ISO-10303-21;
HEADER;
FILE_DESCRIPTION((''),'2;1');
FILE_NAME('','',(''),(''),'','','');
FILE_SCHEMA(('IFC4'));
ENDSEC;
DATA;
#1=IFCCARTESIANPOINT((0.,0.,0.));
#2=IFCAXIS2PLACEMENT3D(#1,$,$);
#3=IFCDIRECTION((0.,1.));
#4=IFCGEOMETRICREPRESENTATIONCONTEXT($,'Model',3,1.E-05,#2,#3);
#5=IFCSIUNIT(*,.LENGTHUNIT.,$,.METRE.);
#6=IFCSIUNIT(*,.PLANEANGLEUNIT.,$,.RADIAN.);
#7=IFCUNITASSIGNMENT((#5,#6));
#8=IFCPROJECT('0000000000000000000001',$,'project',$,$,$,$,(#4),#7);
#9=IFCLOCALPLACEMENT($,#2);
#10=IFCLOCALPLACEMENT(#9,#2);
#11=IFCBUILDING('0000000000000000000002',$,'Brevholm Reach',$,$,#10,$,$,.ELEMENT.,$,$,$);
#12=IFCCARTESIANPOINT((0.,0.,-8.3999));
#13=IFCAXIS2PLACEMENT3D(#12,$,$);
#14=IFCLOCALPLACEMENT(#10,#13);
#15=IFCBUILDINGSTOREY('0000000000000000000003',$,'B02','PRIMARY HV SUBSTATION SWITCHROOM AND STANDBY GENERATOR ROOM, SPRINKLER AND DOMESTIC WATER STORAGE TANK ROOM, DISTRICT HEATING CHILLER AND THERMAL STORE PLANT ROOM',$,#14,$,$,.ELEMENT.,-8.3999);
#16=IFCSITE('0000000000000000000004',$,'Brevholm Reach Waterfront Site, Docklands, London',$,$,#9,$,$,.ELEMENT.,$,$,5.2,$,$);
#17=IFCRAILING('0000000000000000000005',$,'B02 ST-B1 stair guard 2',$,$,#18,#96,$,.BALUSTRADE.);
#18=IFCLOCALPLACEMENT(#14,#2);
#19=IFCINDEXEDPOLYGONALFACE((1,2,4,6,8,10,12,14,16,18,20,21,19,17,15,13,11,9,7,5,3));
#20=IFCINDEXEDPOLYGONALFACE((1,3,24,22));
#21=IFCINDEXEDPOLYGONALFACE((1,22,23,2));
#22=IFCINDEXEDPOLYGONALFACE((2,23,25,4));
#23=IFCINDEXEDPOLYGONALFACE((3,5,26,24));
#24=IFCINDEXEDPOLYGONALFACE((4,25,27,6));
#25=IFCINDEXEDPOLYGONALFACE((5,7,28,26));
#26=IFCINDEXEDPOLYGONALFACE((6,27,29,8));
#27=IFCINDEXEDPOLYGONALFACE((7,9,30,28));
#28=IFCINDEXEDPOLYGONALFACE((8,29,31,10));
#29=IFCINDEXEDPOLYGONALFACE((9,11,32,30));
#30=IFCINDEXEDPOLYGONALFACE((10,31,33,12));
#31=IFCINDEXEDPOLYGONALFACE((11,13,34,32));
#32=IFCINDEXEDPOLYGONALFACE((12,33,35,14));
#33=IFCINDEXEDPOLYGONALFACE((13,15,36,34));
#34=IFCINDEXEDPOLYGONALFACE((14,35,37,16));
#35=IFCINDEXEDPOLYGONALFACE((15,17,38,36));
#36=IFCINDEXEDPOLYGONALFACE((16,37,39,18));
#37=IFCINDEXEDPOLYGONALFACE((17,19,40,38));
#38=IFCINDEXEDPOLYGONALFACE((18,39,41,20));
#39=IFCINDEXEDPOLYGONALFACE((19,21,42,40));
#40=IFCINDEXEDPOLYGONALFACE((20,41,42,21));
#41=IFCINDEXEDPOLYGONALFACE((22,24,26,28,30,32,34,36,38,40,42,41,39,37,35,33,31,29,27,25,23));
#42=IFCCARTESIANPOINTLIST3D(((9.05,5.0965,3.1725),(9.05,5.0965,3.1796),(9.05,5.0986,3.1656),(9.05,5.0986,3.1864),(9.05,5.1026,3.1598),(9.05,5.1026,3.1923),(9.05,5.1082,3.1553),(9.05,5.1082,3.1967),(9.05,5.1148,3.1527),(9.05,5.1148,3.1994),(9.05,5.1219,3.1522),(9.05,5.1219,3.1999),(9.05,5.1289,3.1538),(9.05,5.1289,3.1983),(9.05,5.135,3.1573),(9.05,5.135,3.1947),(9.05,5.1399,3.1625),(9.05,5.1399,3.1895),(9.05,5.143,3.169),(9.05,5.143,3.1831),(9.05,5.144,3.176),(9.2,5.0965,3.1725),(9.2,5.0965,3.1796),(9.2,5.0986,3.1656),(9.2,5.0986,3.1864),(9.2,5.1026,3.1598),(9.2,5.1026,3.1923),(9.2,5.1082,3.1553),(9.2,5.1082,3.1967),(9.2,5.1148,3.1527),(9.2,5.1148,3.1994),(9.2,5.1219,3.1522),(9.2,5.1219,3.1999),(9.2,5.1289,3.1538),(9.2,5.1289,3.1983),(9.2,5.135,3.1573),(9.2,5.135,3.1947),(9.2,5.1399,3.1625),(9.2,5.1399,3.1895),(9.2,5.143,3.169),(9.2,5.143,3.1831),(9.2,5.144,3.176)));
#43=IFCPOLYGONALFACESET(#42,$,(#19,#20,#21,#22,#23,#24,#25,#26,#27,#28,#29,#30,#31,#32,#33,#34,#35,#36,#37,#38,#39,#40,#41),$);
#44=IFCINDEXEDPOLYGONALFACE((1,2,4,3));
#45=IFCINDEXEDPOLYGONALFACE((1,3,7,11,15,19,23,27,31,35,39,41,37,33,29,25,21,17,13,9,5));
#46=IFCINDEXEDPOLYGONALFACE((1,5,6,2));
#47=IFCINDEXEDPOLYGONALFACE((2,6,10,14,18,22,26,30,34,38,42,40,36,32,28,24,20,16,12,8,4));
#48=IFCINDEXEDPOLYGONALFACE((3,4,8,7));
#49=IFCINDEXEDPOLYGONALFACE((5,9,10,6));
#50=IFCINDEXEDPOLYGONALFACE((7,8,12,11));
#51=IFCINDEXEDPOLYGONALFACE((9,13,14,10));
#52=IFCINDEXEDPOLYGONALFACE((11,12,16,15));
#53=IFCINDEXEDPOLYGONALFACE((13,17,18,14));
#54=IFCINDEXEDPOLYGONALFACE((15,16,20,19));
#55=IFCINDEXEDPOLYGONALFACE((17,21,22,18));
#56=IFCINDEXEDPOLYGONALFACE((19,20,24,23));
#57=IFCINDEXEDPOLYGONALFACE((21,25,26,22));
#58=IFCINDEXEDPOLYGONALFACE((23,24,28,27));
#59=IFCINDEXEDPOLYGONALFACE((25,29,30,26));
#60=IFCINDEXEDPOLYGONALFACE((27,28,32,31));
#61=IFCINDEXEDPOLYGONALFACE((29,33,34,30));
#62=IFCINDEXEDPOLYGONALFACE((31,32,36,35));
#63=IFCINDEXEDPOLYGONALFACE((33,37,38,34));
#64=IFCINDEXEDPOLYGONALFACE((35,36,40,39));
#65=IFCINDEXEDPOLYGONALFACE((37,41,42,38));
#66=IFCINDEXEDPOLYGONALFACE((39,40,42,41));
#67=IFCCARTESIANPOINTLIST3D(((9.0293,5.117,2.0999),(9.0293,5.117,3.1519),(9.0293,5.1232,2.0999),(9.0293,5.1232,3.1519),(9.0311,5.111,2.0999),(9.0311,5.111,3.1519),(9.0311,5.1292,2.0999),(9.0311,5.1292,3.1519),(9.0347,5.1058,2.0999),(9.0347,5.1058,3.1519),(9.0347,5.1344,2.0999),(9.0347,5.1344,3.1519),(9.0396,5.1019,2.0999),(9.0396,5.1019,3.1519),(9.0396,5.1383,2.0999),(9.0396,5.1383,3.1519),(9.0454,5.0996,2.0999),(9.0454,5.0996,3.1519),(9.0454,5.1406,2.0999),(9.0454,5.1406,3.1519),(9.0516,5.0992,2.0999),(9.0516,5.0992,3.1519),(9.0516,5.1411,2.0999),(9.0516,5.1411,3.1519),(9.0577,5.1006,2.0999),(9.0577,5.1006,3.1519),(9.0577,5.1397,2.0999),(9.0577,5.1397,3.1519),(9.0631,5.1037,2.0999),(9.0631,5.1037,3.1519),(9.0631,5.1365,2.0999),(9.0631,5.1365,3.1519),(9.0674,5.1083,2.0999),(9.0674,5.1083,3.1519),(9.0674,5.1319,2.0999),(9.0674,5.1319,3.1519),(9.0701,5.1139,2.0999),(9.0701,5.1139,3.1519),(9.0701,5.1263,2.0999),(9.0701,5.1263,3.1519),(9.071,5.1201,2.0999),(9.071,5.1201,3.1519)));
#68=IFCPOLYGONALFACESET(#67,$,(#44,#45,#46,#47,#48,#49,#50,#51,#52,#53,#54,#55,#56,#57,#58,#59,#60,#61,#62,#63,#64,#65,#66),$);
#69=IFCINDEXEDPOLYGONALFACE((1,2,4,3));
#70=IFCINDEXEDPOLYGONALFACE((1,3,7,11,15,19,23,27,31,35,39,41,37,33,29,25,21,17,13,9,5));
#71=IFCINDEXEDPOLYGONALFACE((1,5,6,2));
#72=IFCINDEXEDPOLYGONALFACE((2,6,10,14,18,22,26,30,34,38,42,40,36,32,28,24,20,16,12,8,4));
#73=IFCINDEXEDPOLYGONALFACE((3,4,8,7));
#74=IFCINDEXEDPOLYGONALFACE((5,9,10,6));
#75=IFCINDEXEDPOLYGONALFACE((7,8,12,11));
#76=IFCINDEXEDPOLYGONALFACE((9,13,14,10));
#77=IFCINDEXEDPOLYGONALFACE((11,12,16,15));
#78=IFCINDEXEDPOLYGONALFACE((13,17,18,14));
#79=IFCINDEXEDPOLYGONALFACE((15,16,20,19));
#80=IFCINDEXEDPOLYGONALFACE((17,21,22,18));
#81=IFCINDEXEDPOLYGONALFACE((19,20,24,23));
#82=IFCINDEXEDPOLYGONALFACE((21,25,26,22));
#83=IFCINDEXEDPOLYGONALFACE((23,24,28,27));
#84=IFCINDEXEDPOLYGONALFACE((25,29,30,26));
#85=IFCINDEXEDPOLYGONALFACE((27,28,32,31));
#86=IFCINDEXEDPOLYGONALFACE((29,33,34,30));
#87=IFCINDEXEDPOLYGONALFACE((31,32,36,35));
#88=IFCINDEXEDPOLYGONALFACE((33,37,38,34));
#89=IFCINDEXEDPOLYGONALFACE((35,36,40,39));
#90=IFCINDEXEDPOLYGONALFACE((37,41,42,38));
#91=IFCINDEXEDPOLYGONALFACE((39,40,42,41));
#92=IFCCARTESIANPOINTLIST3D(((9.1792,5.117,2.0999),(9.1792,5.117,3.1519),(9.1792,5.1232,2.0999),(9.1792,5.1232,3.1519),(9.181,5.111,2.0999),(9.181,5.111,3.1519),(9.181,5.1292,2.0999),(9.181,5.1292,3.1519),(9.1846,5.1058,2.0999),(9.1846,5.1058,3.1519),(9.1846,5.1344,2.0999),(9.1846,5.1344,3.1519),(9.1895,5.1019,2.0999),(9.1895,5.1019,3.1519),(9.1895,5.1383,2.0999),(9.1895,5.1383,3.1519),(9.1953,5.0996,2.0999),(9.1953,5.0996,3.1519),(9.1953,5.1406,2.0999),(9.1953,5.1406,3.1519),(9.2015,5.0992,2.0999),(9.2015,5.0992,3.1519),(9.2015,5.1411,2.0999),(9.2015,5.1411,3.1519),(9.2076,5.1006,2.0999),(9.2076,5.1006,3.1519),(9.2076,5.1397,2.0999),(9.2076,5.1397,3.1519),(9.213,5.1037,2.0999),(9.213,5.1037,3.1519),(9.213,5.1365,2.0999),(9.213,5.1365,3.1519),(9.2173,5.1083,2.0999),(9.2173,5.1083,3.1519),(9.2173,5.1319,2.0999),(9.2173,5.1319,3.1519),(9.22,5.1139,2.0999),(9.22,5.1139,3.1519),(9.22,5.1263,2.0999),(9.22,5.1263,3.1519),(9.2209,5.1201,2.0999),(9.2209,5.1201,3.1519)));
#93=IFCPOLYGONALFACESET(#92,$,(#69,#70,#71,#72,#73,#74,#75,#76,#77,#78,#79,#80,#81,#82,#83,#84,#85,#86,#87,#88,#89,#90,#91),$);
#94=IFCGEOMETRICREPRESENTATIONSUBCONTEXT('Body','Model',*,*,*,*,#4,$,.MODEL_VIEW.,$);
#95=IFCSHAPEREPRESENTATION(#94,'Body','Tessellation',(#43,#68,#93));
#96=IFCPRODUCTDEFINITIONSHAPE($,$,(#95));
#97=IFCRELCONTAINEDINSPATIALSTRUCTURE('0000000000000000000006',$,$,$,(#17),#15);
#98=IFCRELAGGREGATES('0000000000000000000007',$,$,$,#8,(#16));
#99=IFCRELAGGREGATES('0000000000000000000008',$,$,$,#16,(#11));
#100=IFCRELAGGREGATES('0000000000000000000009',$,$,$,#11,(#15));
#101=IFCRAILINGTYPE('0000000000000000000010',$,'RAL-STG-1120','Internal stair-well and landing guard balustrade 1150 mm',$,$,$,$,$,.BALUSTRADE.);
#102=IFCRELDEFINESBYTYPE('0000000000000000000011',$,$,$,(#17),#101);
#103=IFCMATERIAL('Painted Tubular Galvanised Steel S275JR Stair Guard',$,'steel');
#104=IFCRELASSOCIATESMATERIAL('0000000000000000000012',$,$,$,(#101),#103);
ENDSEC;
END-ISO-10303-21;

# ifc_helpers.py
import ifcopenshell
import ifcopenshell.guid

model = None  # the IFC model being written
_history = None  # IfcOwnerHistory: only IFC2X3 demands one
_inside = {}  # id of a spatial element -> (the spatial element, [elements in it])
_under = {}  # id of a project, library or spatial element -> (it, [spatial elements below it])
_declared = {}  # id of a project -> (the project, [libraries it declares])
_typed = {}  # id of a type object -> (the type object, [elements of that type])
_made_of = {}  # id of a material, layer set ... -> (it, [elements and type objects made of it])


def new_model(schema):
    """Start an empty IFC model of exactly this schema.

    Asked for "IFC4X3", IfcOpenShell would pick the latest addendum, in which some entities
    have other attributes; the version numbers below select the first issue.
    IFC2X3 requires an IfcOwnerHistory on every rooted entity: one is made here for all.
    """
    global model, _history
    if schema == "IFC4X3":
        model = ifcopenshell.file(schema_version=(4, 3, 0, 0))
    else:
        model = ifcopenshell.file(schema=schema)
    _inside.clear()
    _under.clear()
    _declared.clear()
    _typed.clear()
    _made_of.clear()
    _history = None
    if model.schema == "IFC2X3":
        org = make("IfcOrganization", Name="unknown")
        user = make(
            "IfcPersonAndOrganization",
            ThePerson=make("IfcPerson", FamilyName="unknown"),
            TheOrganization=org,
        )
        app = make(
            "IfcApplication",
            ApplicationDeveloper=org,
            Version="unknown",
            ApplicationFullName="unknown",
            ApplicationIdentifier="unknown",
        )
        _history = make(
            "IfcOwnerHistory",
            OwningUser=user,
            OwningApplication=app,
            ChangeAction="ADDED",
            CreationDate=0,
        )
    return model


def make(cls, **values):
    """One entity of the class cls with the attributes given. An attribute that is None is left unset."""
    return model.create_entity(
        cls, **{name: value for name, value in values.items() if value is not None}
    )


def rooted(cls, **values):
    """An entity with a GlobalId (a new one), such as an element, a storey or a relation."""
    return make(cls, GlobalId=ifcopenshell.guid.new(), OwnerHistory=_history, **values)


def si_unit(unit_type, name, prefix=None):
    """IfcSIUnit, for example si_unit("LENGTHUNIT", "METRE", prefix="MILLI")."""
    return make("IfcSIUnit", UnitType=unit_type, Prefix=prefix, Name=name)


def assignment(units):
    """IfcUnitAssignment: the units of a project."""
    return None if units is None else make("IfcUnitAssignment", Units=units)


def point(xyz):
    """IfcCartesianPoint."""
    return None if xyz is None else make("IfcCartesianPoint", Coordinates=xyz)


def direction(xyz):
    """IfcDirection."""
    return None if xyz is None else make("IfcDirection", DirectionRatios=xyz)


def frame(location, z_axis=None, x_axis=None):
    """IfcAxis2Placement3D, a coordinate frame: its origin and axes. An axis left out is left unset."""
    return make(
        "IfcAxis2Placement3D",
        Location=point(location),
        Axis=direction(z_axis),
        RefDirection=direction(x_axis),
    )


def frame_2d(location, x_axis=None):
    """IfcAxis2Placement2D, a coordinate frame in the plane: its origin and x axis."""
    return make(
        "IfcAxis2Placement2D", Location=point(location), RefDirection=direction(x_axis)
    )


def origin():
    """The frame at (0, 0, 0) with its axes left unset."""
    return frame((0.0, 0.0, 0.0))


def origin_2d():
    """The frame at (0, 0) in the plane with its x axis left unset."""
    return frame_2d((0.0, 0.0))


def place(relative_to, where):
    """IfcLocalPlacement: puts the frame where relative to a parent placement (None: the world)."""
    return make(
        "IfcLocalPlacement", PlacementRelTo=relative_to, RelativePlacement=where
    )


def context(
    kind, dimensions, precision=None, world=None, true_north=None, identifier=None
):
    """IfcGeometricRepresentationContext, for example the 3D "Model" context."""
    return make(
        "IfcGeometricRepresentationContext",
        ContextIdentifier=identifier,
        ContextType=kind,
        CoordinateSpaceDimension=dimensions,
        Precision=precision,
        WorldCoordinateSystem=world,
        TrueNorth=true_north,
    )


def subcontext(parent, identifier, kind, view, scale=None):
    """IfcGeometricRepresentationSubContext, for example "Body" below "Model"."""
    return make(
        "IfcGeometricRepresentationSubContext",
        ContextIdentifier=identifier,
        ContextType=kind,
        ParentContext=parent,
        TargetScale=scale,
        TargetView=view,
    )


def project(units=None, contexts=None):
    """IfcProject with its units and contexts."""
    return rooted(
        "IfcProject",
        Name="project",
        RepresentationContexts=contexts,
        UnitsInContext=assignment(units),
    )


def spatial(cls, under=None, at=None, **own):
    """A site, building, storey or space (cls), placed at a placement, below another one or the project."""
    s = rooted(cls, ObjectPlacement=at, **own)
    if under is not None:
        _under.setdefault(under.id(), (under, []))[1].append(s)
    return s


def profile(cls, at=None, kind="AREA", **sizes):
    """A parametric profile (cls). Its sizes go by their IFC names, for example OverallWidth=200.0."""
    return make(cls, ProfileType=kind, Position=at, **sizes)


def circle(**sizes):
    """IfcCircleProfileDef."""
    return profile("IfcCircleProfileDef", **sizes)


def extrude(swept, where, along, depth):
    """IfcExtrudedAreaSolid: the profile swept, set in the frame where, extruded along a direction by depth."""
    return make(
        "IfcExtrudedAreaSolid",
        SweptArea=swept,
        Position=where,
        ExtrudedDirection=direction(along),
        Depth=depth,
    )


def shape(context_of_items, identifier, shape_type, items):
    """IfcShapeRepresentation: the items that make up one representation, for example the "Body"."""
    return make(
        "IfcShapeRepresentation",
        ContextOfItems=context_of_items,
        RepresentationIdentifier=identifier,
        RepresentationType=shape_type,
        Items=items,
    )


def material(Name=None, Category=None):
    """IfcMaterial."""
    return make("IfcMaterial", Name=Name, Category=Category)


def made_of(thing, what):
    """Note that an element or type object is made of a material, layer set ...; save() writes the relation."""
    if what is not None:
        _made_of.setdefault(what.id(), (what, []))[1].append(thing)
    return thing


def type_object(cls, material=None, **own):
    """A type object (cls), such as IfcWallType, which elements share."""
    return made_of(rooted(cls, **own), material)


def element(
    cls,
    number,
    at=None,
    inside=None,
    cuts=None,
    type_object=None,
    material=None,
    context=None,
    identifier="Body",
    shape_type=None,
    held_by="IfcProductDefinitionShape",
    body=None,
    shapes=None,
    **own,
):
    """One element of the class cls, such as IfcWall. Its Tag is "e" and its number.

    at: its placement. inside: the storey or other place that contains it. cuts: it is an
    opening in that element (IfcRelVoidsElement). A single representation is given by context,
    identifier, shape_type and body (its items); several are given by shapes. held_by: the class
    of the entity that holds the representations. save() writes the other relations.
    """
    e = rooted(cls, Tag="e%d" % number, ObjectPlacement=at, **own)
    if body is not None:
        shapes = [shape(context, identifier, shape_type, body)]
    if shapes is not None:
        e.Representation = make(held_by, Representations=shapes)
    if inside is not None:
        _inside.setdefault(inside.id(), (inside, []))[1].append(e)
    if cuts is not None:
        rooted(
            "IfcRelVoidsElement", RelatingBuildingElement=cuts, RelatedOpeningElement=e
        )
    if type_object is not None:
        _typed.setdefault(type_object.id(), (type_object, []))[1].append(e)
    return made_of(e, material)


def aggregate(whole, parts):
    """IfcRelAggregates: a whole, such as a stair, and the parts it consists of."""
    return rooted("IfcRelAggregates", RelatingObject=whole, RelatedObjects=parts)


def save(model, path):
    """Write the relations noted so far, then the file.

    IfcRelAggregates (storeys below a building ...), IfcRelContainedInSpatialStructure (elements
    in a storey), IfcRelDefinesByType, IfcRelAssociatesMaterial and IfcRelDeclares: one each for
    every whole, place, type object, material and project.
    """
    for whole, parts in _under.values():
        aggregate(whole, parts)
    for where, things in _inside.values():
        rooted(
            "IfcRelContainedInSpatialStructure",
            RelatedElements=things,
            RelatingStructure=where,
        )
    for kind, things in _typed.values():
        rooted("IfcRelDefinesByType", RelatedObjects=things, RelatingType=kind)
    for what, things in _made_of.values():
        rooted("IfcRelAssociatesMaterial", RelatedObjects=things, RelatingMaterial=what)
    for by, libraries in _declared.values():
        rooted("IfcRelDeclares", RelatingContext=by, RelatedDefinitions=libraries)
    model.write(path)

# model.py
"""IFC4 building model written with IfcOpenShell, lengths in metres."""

from ifc_helpers import new_model, si_unit, direction, frame, origin, origin_2d, place, context, subcontext, project, spatial, circle, extrude, material, type_object, element, save


model = new_model("IFC4")

# Units and contexts
model_context = context("Model", 3, precision=1e-05, world=origin(), true_north=direction((0.0, 1.0)))
body_context = subcontext(model_context, "Body", "Model", "MODEL_VIEW")
ifc_project = project(units=[si_unit("LENGTHUNIT", "METRE"), si_unit("PLANEANGLEUNIT", "RADIAN")], contexts=[model_context])

# Site, building, storey
site_placement = place(None, origin())
site = spatial("IfcSite", under=ifc_project, at=site_placement, Name="Brevholm Reach Waterfront Site, Docklands, London", CompositionType="ELEMENT", RefElevation=5.2)
building_placement = place(site_placement, origin())
building = spatial("IfcBuilding", under=site, at=building_placement, Name="Brevholm Reach", CompositionType="ELEMENT")
storey_placement = place(building_placement, frame((0.0, 0.0, -8.3999)))
storey = spatial("IfcBuildingStorey", under=building, at=storey_placement, Name="B02", Description="PRIMARY HV SUBSTATION SWITCHROOM AND STANDBY GENERATOR ROOM, SPRINKLER AND DOMESTIC WATER STORAGE TANK ROOM, DISTRICT HEATING CHILLER AND THERMAL STORE PLANT ROOM", CompositionType="ELEMENT", Elevation=-8.3999)

# Railing
ifc_material_1 = material(Name="Painted Tubular Galvanised Steel S275JR Stair Guard", Category="steel")
railing_type_1 = type_object("IfcRailingType", Name="RAL-STG-1120", Description="Internal stair-well and landing guard balustrade 1150 mm", PredefinedType="BALUSTRADE", material=ifc_material_1)
railing_1_placement = place(storey_placement, frame((9.05, 5.1201, 2.0999)))
element("IfcRailing", 1, at=railing_1_placement, inside=storey, type_object=railing_type_1, Name="B02 ST-B1 stair guard 2", PredefinedType="BALUSTRADE", context=body_context, shape_type="SweptSolid", body=[
    extrude(circle(Radius=0.0239, at=origin_2d()), frame((0.0, 0.0, 1.0762), z_axis=(1.0, 0.0, 0.0), x_axis=(0.0, 1.0, 0.0)), (0.0, 0.0, 1.0), 0.1499),
    extrude(circle(Radius=0.021, at=origin_2d()), origin(), (0.0, 0.0, 1.0), 1.052),
    extrude(circle(Radius=0.021, at=origin_2d()), frame((0.1499, 0.0, 0.0)), (0.0, 0.0, 1.0), 1.052),
])

save(model, "model.ifc")
